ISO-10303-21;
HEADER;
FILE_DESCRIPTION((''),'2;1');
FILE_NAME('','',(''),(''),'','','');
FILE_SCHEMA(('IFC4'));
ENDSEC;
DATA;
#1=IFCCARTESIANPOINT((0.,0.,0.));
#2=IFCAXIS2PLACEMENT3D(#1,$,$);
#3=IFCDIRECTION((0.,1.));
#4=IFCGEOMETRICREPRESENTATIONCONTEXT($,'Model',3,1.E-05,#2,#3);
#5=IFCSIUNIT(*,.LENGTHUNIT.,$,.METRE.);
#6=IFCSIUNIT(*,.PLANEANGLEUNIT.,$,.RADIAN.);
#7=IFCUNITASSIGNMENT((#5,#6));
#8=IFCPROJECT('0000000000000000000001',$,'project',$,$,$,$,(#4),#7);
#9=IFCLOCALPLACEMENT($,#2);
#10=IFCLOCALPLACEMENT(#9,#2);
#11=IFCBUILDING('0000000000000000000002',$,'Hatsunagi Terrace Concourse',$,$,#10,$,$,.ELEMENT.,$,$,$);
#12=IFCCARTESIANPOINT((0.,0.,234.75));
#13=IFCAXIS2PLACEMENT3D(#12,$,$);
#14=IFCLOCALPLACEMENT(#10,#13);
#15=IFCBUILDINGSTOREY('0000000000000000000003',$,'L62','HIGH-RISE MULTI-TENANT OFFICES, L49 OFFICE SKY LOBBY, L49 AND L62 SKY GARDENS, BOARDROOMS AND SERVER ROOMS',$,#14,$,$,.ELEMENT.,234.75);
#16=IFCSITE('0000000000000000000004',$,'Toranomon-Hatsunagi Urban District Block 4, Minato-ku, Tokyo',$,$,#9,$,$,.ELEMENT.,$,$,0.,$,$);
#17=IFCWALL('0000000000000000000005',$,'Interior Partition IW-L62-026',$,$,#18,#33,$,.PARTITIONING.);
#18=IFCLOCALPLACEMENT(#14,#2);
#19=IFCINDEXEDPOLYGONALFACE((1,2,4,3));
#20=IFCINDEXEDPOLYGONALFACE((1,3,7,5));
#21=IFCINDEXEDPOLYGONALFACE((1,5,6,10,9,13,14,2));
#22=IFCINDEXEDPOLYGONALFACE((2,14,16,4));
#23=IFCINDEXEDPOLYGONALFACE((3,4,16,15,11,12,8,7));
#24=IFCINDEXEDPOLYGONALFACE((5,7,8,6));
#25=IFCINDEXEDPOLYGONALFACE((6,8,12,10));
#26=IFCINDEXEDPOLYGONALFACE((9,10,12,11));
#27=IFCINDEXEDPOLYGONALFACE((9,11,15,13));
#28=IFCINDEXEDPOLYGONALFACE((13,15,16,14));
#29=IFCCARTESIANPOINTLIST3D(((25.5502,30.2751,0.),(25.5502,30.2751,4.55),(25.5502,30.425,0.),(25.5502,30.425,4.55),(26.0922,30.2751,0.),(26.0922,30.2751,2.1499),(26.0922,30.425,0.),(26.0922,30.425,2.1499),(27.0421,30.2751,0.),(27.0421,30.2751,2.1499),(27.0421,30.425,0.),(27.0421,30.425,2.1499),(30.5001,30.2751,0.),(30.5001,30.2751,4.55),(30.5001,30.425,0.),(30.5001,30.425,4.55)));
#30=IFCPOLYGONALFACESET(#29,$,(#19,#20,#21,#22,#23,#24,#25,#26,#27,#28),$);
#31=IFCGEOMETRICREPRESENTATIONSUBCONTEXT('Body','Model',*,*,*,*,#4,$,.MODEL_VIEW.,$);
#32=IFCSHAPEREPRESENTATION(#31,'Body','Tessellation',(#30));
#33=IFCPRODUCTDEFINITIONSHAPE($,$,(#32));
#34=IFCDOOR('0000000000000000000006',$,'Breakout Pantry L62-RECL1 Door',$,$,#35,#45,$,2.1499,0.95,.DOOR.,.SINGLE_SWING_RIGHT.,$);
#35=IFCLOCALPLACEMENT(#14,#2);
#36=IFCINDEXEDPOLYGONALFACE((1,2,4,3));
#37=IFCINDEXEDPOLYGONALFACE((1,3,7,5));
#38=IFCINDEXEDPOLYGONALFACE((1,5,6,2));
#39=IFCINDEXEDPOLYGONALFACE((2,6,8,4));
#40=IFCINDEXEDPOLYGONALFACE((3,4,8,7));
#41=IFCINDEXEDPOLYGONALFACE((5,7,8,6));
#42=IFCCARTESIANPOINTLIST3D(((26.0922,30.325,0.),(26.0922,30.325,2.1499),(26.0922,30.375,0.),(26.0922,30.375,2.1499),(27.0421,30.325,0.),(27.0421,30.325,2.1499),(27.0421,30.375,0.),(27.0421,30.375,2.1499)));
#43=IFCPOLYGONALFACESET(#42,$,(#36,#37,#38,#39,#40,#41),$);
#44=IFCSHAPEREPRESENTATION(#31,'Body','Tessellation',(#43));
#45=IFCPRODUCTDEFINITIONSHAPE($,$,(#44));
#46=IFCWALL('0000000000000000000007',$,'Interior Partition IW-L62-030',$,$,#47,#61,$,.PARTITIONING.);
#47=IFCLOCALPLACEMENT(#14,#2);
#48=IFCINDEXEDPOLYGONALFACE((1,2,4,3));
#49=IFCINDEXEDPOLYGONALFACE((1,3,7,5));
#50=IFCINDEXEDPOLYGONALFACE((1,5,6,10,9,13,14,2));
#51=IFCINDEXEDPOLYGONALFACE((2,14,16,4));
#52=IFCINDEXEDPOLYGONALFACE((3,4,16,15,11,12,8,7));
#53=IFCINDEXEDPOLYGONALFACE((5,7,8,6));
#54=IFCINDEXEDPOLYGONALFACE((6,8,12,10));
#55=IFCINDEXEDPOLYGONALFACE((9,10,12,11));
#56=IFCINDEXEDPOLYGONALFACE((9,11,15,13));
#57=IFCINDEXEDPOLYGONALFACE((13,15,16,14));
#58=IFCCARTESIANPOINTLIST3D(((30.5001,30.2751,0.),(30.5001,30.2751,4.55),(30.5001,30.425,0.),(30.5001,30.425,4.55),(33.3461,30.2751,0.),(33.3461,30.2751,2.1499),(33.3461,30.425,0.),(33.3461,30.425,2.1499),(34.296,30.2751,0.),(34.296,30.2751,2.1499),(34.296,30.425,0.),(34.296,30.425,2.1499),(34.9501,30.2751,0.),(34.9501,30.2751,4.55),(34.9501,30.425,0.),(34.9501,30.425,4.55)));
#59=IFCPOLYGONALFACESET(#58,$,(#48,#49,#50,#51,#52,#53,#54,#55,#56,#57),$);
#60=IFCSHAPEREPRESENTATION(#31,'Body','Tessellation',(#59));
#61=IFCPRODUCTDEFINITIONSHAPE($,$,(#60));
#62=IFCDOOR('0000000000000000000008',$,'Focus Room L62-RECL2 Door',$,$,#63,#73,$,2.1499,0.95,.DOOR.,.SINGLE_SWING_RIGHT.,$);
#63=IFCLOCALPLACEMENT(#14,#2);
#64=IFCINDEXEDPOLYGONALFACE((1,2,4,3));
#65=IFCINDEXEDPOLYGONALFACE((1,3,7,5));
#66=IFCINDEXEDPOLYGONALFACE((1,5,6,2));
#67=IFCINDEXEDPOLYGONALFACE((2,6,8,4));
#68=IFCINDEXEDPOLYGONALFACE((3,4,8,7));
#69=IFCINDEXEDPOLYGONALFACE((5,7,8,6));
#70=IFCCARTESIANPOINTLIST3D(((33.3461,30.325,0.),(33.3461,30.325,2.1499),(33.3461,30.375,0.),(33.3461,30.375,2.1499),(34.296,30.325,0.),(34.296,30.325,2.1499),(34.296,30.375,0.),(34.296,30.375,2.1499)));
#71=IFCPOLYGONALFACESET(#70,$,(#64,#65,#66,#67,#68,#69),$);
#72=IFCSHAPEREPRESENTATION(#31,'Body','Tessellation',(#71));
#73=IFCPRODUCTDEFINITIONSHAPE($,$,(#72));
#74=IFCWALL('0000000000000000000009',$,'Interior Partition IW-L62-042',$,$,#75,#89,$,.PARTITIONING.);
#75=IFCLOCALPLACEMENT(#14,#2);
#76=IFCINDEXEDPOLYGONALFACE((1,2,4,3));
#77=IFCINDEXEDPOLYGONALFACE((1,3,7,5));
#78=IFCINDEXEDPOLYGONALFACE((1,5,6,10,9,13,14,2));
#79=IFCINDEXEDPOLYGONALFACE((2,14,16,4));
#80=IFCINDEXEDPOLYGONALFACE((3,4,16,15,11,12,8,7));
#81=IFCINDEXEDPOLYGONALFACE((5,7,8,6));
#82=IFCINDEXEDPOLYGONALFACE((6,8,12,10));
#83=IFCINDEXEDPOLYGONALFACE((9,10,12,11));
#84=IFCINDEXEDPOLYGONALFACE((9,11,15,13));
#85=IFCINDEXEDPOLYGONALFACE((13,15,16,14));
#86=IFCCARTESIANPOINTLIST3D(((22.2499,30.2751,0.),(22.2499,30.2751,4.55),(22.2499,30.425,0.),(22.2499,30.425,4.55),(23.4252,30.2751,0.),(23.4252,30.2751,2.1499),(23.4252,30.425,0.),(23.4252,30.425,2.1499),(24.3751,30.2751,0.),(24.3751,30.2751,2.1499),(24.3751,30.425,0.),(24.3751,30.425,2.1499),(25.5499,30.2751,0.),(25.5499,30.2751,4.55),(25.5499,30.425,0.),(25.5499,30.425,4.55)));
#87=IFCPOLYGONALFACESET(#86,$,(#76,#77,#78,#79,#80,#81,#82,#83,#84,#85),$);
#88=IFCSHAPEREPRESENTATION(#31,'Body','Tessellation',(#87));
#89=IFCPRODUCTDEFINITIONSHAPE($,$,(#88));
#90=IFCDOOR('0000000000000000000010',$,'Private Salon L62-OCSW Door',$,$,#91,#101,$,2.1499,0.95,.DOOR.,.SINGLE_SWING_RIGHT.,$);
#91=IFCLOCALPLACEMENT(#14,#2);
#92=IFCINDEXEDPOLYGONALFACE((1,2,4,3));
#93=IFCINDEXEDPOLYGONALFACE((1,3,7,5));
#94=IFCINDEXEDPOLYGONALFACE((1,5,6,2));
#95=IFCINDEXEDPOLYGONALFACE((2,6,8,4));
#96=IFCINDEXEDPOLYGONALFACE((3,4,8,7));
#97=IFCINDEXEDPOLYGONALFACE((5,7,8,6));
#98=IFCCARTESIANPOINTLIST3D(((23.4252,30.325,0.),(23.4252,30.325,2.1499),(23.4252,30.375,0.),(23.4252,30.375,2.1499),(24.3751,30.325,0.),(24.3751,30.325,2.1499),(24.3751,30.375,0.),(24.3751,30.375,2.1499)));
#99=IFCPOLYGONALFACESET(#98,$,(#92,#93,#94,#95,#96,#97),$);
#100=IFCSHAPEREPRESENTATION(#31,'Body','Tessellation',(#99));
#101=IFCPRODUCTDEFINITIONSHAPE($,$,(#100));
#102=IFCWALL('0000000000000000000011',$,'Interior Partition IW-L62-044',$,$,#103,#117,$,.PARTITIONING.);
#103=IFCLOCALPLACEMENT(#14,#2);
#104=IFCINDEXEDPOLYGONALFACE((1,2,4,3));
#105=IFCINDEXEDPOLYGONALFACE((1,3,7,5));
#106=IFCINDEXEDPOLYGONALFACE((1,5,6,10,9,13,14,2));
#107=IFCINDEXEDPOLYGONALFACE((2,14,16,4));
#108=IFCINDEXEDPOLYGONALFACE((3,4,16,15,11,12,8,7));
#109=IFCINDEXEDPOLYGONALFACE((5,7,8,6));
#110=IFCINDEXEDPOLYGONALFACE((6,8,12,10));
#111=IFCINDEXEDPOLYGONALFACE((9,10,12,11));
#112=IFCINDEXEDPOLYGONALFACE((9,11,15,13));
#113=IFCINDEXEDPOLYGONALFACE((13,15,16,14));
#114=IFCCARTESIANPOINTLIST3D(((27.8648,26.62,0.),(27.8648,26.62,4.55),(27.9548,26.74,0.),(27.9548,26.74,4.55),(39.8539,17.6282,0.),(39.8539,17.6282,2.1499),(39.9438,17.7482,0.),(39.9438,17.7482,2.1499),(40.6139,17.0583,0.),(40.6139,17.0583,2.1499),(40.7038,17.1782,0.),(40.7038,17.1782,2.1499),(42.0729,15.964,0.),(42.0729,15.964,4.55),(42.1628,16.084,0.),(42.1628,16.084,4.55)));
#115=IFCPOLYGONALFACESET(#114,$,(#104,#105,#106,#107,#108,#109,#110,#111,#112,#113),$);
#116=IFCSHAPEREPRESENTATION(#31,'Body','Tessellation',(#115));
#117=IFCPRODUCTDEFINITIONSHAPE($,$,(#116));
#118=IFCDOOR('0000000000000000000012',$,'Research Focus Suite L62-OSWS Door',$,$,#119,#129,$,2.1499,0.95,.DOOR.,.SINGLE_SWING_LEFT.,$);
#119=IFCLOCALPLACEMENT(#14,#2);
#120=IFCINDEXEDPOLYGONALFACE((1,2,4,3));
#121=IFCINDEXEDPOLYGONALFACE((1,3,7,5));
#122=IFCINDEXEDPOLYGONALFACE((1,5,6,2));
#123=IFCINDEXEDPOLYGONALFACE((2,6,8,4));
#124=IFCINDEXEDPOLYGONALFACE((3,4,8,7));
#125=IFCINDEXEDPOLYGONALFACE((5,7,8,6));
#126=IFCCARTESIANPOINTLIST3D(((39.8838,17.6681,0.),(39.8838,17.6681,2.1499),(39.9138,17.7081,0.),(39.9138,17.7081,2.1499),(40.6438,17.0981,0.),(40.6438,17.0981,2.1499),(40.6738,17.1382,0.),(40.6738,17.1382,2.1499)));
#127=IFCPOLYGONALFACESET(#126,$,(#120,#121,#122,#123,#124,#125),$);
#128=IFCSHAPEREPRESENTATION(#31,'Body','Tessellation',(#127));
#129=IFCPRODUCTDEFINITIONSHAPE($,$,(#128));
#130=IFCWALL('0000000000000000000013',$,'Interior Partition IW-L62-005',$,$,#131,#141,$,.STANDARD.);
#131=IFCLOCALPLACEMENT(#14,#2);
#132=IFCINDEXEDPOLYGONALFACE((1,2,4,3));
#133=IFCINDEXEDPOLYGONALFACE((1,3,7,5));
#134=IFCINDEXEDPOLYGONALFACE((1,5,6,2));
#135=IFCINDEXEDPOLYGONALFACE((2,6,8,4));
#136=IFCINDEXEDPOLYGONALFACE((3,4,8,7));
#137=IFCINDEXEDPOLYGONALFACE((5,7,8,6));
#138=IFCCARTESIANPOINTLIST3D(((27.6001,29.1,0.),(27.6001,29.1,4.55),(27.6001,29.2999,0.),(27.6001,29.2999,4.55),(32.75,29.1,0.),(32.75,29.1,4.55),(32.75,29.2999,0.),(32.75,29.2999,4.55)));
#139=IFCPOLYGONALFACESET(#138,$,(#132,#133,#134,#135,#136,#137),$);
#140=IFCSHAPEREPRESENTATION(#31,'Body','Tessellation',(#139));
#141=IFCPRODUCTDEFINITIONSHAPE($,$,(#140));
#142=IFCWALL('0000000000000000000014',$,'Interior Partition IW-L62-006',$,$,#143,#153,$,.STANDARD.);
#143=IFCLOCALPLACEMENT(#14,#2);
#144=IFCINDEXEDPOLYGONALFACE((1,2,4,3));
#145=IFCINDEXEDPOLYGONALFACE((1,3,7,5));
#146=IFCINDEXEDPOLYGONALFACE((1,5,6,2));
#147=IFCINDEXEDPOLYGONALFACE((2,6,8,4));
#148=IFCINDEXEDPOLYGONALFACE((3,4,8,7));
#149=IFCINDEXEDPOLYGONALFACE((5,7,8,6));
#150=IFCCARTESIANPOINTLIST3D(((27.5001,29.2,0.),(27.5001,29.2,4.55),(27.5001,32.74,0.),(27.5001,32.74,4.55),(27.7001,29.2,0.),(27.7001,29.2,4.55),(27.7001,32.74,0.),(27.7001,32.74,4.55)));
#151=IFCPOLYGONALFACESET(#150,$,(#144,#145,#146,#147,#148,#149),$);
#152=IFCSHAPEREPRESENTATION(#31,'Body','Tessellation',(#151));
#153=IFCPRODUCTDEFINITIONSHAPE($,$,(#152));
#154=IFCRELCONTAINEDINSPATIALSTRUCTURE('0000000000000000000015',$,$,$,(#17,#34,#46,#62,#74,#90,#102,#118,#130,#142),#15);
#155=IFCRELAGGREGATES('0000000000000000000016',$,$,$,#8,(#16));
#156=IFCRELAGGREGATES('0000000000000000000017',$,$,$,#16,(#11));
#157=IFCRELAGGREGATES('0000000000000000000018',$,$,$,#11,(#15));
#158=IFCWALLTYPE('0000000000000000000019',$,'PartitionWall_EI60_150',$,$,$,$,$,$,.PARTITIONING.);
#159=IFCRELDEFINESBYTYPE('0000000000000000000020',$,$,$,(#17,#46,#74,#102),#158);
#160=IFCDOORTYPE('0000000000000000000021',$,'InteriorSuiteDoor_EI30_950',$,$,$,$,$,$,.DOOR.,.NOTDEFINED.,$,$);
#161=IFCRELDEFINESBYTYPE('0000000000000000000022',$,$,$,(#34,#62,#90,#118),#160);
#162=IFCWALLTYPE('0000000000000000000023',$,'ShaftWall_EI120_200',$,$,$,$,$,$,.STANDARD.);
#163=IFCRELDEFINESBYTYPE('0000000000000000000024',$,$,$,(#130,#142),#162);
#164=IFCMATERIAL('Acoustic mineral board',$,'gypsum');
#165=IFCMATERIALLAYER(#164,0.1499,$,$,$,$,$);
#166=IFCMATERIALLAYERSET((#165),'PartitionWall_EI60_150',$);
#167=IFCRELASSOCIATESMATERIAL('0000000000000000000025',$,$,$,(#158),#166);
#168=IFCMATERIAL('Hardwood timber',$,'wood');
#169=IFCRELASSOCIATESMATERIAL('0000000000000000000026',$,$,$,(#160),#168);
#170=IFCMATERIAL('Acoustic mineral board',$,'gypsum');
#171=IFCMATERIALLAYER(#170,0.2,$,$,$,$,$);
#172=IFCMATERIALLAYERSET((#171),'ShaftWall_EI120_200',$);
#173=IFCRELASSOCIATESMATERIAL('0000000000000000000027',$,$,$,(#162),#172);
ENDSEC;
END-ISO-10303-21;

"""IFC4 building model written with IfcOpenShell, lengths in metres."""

from ifc_helpers import new_model, si_unit, direction, frame, frame_2d, origin, place, context, subcontext, project, spatial, rectangle, extrude, material, layer, layer_set, type_object, element, fill, save


model = new_model("IFC4")

# Units and contexts
model_context = context("Model", 3, precision=1e-05, world=origin(), true_north=direction((0.0, 1.0)))
body_context = subcontext(model_context, "Body", "Model", "MODEL_VIEW")
ifc_project = project(units=[si_unit("LENGTHUNIT", "METRE"), si_unit("PLANEANGLEUNIT", "RADIAN")], contexts=[model_context])

# Site, building, storey
site_placement = place(None, origin())
site = spatial("IfcSite", under=ifc_project, at=site_placement, Name="Toranomon-Hatsunagi Urban District Block 4, Minato-ku, Tokyo", CompositionType="ELEMENT", RefElevation=0.0)
building_placement = place(site_placement, origin())
building = spatial("IfcBuilding", under=site, at=building_placement, Name="Hatsunagi Terrace Concourse", CompositionType="ELEMENT")
storey_placement = place(building_placement, frame((0.0, 0.0, 234.75)))
storey = spatial("IfcBuildingStorey", under=building, at=storey_placement, Name="L62", Description="HIGH-RISE MULTI-TENANT OFFICES, L49 OFFICE SKY LOBBY, L49 AND L62 SKY GARDENS, BOARDROOMS AND SERVER ROOMS", CompositionType="ELEMENT", Elevation=234.75)

# Shared definitions
ifc_material_1 = material(Name="Acoustic mineral board", Category="gypsum")
ifc_layer_1 = layer(ifc_material_1, 0.1499)
ifc_layer_set_1 = layer_set([ifc_layer_1], Name="PartitionWall_EI60_150")
wall_type_1 = type_object("IfcWallType", Name="PartitionWall_EI60_150", PredefinedType="PARTITIONING", material=ifc_layer_set_1)

# Walls, openings, doors
wall_1_placement = place(storey_placement, frame((25.55, 30.3501, 0.0), z_axis=(0.0, 0.0, 1.0), x_axis=(1.0, 0.0, 0.0)))
wall_1 = element("IfcWall", 1, at=wall_1_placement, inside=storey, type_object=wall_type_1, Name="Interior Partition IW-L62-026", PredefinedType="PARTITIONING", context=body_context, shape_type="SweptSolid", body=[
    extrude(rectangle(XDim=4.95, YDim=0.1499, at=frame_2d((2.4751, 0.0))), origin(), (0.0, 0.0, 1.0), 4.55),
])
opening_1_placement = place(wall_1_placement, frame((0.542, 0.0, 0.0)))
opening_1 = element("IfcOpeningElement", 2, at=opening_1_placement, cuts=wall_1, PredefinedType="OPENING", context=body_context, shape_type="SweptSolid", body=[
    extrude(rectangle(XDim=0.95, YDim=2.1499, at=frame_2d((0.4751, 1.075))), frame((0.0, 0.085, 0.0), z_axis=(0.0, -1.0, 0.0), x_axis=(1.0, 0.0, 0.0)), (0.0, 0.0, 1.0), 0.1699),
])
ifc_material_2 = material(Name="Hardwood timber", Category="wood")
door_type_1 = type_object("IfcDoorType", Name="InteriorSuiteDoor_EI30_950", OperationType="NOTDEFINED", PredefinedType="DOOR", material=ifc_material_2)
door_1_placement = place(opening_1_placement, origin())
door_1 = element("IfcDoor", 3, at=door_1_placement, inside=storey, type_object=door_type_1, Name="Breakout Pantry L62-RECL1 Door", OperationType="SINGLE_SWING_RIGHT", OverallHeight=2.1499, OverallWidth=0.95, PredefinedType="DOOR", context=body_context, shape_type="SweptSolid", body=[
    extrude(rectangle(XDim=0.95, YDim=2.1499, at=frame_2d((0.4751, 1.075))), frame((0.0, 0.0249, 0.0), z_axis=(0.0, -1.0, 0.0), x_axis=(1.0, 0.0, 0.0)), (0.0, 0.0, 1.0), 0.05),
])
fill(opening_1, door_1)
wall_2_placement = place(storey_placement, frame((30.5, 30.3501, 0.0), z_axis=(0.0, 0.0, 1.0), x_axis=(1.0, 0.0, 0.0)))
wall_2 = element("IfcWall", 4, at=wall_2_placement, inside=storey, type_object=wall_type_1, Name="Interior Partition IW-L62-030", PredefinedType="PARTITIONING", context=body_context, shape_type="SweptSolid", body=[
    extrude(rectangle(XDim=4.45, YDim=0.1499, at=frame_2d((2.2251, 0.0))), origin(), (0.0, 0.0, 1.0), 4.55),
])
opening_2_placement = place(wall_2_placement, frame((2.8459, 0.0, 0.0)))
opening_2 = element("IfcOpeningElement", 5, at=opening_2_placement, cuts=wall_2, PredefinedType="OPENING", context=body_context, shape_type="SweptSolid", body=[
    extrude(rectangle(XDim=0.95, YDim=2.1499, at=frame_2d((0.4751, 1.075))), frame((0.0, 0.085, 0.0), z_axis=(0.0, -1.0, 0.0), x_axis=(1.0, 0.0, 0.0)), (0.0, 0.0, 1.0), 0.1699),
])
door_2_placement = place(opening_2_placement, origin())
door_2 = element("IfcDoor", 6, at=door_2_placement, inside=storey, type_object=door_type_1, Name="Focus Room L62-RECL2 Door", OperationType="SINGLE_SWING_RIGHT", OverallHeight=2.1499, OverallWidth=0.95, PredefinedType="DOOR", context=body_context, shape_type="SweptSolid", body=[
    extrude(rectangle(XDim=0.95, YDim=2.1499, at=frame_2d((0.4751, 1.075))), frame((0.0, 0.0249, 0.0), z_axis=(0.0, -1.0, 0.0), x_axis=(1.0, 0.0, 0.0)), (0.0, 0.0, 1.0), 0.05),
])
fill(opening_2, door_2)
wall_3_placement = place(storey_placement, frame((22.25, 30.3501, 0.0), z_axis=(0.0, 0.0, 1.0), x_axis=(1.0, 0.0, 0.0)))
wall_3 = element("IfcWall", 7, at=wall_3_placement, inside=storey, type_object=wall_type_1, Name="Interior Partition IW-L62-042", PredefinedType="PARTITIONING", context=body_context, shape_type="SweptSolid", body=[
    extrude(rectangle(XDim=3.3, YDim=0.1499, at=frame_2d((1.6499, 0.0))), origin(), (0.0, 0.0, 1.0), 4.55),
])
opening_3_placement = place(wall_3_placement, frame((1.175, 0.0, 0.0)))
opening_3 = element("IfcOpeningElement", 8, at=opening_3_placement, cuts=wall_3, PredefinedType="OPENING", context=body_context, shape_type="SweptSolid", body=[
    extrude(rectangle(XDim=0.95, YDim=2.1499, at=frame_2d((0.4751, 1.075))), frame((0.0, 0.085, 0.0), z_axis=(0.0, -1.0, 0.0), x_axis=(1.0, 0.0, 0.0)), (0.0, 0.0, 1.0), 0.1699),
])
door_3_placement = place(opening_3_placement, origin())
door_3 = element("IfcDoor", 9, at=door_3_placement, inside=storey, type_object=door_type_1, Name="Private Salon L62-OCSW Door", OperationType="SINGLE_SWING_RIGHT", OverallHeight=2.1499, OverallWidth=0.95, PredefinedType="DOOR", context=body_context, shape_type="SweptSolid", body=[
    extrude(rectangle(XDim=0.95, YDim=2.1499, at=frame_2d((0.4751, 1.075))), frame((0.0, 0.0249, 0.0), z_axis=(0.0, -1.0, 0.0), x_axis=(1.0, 0.0, 0.0)), (0.0, 0.0, 1.0), 0.05),
])
fill(opening_3, door_3)
wall_4_placement = place(storey_placement, frame((27.9099, 26.6799, 0.0), z_axis=(0.0, 0.0, 1.0), x_axis=(0.8, -0.6, 0.0)))
wall_4 = element("IfcWall", 10, at=wall_4_placement, inside=storey, type_object=wall_type_1, Name="Interior Partition IW-L62-044", PredefinedType="PARTITIONING", context=body_context, shape_type="SweptSolid", body=[
    extrude(rectangle(XDim=17.76, YDim=0.1499, at=frame_2d((8.8799, 0.0))), origin(), (0.0, 0.0, 1.0), 4.55),
])
opening_4_placement = place(wall_4_placement, frame((14.9861, 0.0, 0.0)))
opening_4 = element("IfcOpeningElement", 11, at=opening_4_placement, cuts=wall_4, PredefinedType="OPENING", context=body_context, shape_type="SweptSolid", body=[
    extrude(rectangle(XDim=0.95, YDim=2.1499, at=frame_2d((0.4751, 1.075))), frame((0.0, 0.085, 0.0), z_axis=(0.0, -1.0, 0.0), x_axis=(1.0, 0.0, 0.0)), (0.0, 0.0, 1.0), 0.1699),
])
door_4_placement = place(opening_4_placement, origin())
door_4 = element("IfcDoor", 12, at=door_4_placement, inside=storey, type_object=door_type_1, Name="Research Focus Suite L62-OSWS Door", OperationType="SINGLE_SWING_LEFT", OverallHeight=2.1499, OverallWidth=0.95, PredefinedType="DOOR", context=body_context, shape_type="SweptSolid", body=[
    extrude(rectangle(XDim=0.95, YDim=2.1499, at=frame_2d((0.4751, 1.075))), frame((0.0, 0.0249, 0.0), z_axis=(0.0, -1.0, 0.0), x_axis=(1.0, 0.0, 0.0)), (0.0, 0.0, 1.0), 0.05),
])
fill(opening_4, door_4)

# Walls
ifc_material_3 = material(Name="Acoustic mineral board", Category="gypsum")
ifc_layer_2 = layer(ifc_material_3, 0.2)
ifc_layer_set_2 = layer_set([ifc_layer_2], Name="ShaftWall_EI120_200")
wall_type_2 = type_object("IfcWallType", Name="ShaftWall_EI120_200", PredefinedType="STANDARD", material=ifc_layer_set_2)
wall_5_placement = place(storey_placement, frame((27.6001, 29.2, 0.0), z_axis=(0.0, 0.0, 1.0), x_axis=(1.0, 0.0, 0.0)))
element("IfcWall", 13, at=wall_5_placement, inside=storey, type_object=wall_type_2, Name="Interior Partition IW-L62-005", PredefinedType="STANDARD", context=body_context, shape_type="SweptSolid", body=[
    extrude(rectangle(XDim=5.1499, YDim=0.2, at=frame_2d((2.575, 0.0))), origin(), (0.0, 0.0, 1.0), 4.55),
])
wall_6_placement = place(storey_placement, frame((27.6001, 29.2, 0.0), z_axis=(0.0, 0.0, 1.0), x_axis=(0.0, 1.0, 0.0)))
element("IfcWall", 14, at=wall_6_placement, inside=storey, type_object=wall_type_2, Name="Interior Partition IW-L62-006", PredefinedType="STANDARD", context=body_context, shape_type="SweptSolid", body=[
    extrude(rectangle(XDim=3.54, YDim=0.2, at=frame_2d((1.77, 0.0))), origin(), (0.0, 0.0, 1.0), 4.55),
])

save(model, "model.ifc")
